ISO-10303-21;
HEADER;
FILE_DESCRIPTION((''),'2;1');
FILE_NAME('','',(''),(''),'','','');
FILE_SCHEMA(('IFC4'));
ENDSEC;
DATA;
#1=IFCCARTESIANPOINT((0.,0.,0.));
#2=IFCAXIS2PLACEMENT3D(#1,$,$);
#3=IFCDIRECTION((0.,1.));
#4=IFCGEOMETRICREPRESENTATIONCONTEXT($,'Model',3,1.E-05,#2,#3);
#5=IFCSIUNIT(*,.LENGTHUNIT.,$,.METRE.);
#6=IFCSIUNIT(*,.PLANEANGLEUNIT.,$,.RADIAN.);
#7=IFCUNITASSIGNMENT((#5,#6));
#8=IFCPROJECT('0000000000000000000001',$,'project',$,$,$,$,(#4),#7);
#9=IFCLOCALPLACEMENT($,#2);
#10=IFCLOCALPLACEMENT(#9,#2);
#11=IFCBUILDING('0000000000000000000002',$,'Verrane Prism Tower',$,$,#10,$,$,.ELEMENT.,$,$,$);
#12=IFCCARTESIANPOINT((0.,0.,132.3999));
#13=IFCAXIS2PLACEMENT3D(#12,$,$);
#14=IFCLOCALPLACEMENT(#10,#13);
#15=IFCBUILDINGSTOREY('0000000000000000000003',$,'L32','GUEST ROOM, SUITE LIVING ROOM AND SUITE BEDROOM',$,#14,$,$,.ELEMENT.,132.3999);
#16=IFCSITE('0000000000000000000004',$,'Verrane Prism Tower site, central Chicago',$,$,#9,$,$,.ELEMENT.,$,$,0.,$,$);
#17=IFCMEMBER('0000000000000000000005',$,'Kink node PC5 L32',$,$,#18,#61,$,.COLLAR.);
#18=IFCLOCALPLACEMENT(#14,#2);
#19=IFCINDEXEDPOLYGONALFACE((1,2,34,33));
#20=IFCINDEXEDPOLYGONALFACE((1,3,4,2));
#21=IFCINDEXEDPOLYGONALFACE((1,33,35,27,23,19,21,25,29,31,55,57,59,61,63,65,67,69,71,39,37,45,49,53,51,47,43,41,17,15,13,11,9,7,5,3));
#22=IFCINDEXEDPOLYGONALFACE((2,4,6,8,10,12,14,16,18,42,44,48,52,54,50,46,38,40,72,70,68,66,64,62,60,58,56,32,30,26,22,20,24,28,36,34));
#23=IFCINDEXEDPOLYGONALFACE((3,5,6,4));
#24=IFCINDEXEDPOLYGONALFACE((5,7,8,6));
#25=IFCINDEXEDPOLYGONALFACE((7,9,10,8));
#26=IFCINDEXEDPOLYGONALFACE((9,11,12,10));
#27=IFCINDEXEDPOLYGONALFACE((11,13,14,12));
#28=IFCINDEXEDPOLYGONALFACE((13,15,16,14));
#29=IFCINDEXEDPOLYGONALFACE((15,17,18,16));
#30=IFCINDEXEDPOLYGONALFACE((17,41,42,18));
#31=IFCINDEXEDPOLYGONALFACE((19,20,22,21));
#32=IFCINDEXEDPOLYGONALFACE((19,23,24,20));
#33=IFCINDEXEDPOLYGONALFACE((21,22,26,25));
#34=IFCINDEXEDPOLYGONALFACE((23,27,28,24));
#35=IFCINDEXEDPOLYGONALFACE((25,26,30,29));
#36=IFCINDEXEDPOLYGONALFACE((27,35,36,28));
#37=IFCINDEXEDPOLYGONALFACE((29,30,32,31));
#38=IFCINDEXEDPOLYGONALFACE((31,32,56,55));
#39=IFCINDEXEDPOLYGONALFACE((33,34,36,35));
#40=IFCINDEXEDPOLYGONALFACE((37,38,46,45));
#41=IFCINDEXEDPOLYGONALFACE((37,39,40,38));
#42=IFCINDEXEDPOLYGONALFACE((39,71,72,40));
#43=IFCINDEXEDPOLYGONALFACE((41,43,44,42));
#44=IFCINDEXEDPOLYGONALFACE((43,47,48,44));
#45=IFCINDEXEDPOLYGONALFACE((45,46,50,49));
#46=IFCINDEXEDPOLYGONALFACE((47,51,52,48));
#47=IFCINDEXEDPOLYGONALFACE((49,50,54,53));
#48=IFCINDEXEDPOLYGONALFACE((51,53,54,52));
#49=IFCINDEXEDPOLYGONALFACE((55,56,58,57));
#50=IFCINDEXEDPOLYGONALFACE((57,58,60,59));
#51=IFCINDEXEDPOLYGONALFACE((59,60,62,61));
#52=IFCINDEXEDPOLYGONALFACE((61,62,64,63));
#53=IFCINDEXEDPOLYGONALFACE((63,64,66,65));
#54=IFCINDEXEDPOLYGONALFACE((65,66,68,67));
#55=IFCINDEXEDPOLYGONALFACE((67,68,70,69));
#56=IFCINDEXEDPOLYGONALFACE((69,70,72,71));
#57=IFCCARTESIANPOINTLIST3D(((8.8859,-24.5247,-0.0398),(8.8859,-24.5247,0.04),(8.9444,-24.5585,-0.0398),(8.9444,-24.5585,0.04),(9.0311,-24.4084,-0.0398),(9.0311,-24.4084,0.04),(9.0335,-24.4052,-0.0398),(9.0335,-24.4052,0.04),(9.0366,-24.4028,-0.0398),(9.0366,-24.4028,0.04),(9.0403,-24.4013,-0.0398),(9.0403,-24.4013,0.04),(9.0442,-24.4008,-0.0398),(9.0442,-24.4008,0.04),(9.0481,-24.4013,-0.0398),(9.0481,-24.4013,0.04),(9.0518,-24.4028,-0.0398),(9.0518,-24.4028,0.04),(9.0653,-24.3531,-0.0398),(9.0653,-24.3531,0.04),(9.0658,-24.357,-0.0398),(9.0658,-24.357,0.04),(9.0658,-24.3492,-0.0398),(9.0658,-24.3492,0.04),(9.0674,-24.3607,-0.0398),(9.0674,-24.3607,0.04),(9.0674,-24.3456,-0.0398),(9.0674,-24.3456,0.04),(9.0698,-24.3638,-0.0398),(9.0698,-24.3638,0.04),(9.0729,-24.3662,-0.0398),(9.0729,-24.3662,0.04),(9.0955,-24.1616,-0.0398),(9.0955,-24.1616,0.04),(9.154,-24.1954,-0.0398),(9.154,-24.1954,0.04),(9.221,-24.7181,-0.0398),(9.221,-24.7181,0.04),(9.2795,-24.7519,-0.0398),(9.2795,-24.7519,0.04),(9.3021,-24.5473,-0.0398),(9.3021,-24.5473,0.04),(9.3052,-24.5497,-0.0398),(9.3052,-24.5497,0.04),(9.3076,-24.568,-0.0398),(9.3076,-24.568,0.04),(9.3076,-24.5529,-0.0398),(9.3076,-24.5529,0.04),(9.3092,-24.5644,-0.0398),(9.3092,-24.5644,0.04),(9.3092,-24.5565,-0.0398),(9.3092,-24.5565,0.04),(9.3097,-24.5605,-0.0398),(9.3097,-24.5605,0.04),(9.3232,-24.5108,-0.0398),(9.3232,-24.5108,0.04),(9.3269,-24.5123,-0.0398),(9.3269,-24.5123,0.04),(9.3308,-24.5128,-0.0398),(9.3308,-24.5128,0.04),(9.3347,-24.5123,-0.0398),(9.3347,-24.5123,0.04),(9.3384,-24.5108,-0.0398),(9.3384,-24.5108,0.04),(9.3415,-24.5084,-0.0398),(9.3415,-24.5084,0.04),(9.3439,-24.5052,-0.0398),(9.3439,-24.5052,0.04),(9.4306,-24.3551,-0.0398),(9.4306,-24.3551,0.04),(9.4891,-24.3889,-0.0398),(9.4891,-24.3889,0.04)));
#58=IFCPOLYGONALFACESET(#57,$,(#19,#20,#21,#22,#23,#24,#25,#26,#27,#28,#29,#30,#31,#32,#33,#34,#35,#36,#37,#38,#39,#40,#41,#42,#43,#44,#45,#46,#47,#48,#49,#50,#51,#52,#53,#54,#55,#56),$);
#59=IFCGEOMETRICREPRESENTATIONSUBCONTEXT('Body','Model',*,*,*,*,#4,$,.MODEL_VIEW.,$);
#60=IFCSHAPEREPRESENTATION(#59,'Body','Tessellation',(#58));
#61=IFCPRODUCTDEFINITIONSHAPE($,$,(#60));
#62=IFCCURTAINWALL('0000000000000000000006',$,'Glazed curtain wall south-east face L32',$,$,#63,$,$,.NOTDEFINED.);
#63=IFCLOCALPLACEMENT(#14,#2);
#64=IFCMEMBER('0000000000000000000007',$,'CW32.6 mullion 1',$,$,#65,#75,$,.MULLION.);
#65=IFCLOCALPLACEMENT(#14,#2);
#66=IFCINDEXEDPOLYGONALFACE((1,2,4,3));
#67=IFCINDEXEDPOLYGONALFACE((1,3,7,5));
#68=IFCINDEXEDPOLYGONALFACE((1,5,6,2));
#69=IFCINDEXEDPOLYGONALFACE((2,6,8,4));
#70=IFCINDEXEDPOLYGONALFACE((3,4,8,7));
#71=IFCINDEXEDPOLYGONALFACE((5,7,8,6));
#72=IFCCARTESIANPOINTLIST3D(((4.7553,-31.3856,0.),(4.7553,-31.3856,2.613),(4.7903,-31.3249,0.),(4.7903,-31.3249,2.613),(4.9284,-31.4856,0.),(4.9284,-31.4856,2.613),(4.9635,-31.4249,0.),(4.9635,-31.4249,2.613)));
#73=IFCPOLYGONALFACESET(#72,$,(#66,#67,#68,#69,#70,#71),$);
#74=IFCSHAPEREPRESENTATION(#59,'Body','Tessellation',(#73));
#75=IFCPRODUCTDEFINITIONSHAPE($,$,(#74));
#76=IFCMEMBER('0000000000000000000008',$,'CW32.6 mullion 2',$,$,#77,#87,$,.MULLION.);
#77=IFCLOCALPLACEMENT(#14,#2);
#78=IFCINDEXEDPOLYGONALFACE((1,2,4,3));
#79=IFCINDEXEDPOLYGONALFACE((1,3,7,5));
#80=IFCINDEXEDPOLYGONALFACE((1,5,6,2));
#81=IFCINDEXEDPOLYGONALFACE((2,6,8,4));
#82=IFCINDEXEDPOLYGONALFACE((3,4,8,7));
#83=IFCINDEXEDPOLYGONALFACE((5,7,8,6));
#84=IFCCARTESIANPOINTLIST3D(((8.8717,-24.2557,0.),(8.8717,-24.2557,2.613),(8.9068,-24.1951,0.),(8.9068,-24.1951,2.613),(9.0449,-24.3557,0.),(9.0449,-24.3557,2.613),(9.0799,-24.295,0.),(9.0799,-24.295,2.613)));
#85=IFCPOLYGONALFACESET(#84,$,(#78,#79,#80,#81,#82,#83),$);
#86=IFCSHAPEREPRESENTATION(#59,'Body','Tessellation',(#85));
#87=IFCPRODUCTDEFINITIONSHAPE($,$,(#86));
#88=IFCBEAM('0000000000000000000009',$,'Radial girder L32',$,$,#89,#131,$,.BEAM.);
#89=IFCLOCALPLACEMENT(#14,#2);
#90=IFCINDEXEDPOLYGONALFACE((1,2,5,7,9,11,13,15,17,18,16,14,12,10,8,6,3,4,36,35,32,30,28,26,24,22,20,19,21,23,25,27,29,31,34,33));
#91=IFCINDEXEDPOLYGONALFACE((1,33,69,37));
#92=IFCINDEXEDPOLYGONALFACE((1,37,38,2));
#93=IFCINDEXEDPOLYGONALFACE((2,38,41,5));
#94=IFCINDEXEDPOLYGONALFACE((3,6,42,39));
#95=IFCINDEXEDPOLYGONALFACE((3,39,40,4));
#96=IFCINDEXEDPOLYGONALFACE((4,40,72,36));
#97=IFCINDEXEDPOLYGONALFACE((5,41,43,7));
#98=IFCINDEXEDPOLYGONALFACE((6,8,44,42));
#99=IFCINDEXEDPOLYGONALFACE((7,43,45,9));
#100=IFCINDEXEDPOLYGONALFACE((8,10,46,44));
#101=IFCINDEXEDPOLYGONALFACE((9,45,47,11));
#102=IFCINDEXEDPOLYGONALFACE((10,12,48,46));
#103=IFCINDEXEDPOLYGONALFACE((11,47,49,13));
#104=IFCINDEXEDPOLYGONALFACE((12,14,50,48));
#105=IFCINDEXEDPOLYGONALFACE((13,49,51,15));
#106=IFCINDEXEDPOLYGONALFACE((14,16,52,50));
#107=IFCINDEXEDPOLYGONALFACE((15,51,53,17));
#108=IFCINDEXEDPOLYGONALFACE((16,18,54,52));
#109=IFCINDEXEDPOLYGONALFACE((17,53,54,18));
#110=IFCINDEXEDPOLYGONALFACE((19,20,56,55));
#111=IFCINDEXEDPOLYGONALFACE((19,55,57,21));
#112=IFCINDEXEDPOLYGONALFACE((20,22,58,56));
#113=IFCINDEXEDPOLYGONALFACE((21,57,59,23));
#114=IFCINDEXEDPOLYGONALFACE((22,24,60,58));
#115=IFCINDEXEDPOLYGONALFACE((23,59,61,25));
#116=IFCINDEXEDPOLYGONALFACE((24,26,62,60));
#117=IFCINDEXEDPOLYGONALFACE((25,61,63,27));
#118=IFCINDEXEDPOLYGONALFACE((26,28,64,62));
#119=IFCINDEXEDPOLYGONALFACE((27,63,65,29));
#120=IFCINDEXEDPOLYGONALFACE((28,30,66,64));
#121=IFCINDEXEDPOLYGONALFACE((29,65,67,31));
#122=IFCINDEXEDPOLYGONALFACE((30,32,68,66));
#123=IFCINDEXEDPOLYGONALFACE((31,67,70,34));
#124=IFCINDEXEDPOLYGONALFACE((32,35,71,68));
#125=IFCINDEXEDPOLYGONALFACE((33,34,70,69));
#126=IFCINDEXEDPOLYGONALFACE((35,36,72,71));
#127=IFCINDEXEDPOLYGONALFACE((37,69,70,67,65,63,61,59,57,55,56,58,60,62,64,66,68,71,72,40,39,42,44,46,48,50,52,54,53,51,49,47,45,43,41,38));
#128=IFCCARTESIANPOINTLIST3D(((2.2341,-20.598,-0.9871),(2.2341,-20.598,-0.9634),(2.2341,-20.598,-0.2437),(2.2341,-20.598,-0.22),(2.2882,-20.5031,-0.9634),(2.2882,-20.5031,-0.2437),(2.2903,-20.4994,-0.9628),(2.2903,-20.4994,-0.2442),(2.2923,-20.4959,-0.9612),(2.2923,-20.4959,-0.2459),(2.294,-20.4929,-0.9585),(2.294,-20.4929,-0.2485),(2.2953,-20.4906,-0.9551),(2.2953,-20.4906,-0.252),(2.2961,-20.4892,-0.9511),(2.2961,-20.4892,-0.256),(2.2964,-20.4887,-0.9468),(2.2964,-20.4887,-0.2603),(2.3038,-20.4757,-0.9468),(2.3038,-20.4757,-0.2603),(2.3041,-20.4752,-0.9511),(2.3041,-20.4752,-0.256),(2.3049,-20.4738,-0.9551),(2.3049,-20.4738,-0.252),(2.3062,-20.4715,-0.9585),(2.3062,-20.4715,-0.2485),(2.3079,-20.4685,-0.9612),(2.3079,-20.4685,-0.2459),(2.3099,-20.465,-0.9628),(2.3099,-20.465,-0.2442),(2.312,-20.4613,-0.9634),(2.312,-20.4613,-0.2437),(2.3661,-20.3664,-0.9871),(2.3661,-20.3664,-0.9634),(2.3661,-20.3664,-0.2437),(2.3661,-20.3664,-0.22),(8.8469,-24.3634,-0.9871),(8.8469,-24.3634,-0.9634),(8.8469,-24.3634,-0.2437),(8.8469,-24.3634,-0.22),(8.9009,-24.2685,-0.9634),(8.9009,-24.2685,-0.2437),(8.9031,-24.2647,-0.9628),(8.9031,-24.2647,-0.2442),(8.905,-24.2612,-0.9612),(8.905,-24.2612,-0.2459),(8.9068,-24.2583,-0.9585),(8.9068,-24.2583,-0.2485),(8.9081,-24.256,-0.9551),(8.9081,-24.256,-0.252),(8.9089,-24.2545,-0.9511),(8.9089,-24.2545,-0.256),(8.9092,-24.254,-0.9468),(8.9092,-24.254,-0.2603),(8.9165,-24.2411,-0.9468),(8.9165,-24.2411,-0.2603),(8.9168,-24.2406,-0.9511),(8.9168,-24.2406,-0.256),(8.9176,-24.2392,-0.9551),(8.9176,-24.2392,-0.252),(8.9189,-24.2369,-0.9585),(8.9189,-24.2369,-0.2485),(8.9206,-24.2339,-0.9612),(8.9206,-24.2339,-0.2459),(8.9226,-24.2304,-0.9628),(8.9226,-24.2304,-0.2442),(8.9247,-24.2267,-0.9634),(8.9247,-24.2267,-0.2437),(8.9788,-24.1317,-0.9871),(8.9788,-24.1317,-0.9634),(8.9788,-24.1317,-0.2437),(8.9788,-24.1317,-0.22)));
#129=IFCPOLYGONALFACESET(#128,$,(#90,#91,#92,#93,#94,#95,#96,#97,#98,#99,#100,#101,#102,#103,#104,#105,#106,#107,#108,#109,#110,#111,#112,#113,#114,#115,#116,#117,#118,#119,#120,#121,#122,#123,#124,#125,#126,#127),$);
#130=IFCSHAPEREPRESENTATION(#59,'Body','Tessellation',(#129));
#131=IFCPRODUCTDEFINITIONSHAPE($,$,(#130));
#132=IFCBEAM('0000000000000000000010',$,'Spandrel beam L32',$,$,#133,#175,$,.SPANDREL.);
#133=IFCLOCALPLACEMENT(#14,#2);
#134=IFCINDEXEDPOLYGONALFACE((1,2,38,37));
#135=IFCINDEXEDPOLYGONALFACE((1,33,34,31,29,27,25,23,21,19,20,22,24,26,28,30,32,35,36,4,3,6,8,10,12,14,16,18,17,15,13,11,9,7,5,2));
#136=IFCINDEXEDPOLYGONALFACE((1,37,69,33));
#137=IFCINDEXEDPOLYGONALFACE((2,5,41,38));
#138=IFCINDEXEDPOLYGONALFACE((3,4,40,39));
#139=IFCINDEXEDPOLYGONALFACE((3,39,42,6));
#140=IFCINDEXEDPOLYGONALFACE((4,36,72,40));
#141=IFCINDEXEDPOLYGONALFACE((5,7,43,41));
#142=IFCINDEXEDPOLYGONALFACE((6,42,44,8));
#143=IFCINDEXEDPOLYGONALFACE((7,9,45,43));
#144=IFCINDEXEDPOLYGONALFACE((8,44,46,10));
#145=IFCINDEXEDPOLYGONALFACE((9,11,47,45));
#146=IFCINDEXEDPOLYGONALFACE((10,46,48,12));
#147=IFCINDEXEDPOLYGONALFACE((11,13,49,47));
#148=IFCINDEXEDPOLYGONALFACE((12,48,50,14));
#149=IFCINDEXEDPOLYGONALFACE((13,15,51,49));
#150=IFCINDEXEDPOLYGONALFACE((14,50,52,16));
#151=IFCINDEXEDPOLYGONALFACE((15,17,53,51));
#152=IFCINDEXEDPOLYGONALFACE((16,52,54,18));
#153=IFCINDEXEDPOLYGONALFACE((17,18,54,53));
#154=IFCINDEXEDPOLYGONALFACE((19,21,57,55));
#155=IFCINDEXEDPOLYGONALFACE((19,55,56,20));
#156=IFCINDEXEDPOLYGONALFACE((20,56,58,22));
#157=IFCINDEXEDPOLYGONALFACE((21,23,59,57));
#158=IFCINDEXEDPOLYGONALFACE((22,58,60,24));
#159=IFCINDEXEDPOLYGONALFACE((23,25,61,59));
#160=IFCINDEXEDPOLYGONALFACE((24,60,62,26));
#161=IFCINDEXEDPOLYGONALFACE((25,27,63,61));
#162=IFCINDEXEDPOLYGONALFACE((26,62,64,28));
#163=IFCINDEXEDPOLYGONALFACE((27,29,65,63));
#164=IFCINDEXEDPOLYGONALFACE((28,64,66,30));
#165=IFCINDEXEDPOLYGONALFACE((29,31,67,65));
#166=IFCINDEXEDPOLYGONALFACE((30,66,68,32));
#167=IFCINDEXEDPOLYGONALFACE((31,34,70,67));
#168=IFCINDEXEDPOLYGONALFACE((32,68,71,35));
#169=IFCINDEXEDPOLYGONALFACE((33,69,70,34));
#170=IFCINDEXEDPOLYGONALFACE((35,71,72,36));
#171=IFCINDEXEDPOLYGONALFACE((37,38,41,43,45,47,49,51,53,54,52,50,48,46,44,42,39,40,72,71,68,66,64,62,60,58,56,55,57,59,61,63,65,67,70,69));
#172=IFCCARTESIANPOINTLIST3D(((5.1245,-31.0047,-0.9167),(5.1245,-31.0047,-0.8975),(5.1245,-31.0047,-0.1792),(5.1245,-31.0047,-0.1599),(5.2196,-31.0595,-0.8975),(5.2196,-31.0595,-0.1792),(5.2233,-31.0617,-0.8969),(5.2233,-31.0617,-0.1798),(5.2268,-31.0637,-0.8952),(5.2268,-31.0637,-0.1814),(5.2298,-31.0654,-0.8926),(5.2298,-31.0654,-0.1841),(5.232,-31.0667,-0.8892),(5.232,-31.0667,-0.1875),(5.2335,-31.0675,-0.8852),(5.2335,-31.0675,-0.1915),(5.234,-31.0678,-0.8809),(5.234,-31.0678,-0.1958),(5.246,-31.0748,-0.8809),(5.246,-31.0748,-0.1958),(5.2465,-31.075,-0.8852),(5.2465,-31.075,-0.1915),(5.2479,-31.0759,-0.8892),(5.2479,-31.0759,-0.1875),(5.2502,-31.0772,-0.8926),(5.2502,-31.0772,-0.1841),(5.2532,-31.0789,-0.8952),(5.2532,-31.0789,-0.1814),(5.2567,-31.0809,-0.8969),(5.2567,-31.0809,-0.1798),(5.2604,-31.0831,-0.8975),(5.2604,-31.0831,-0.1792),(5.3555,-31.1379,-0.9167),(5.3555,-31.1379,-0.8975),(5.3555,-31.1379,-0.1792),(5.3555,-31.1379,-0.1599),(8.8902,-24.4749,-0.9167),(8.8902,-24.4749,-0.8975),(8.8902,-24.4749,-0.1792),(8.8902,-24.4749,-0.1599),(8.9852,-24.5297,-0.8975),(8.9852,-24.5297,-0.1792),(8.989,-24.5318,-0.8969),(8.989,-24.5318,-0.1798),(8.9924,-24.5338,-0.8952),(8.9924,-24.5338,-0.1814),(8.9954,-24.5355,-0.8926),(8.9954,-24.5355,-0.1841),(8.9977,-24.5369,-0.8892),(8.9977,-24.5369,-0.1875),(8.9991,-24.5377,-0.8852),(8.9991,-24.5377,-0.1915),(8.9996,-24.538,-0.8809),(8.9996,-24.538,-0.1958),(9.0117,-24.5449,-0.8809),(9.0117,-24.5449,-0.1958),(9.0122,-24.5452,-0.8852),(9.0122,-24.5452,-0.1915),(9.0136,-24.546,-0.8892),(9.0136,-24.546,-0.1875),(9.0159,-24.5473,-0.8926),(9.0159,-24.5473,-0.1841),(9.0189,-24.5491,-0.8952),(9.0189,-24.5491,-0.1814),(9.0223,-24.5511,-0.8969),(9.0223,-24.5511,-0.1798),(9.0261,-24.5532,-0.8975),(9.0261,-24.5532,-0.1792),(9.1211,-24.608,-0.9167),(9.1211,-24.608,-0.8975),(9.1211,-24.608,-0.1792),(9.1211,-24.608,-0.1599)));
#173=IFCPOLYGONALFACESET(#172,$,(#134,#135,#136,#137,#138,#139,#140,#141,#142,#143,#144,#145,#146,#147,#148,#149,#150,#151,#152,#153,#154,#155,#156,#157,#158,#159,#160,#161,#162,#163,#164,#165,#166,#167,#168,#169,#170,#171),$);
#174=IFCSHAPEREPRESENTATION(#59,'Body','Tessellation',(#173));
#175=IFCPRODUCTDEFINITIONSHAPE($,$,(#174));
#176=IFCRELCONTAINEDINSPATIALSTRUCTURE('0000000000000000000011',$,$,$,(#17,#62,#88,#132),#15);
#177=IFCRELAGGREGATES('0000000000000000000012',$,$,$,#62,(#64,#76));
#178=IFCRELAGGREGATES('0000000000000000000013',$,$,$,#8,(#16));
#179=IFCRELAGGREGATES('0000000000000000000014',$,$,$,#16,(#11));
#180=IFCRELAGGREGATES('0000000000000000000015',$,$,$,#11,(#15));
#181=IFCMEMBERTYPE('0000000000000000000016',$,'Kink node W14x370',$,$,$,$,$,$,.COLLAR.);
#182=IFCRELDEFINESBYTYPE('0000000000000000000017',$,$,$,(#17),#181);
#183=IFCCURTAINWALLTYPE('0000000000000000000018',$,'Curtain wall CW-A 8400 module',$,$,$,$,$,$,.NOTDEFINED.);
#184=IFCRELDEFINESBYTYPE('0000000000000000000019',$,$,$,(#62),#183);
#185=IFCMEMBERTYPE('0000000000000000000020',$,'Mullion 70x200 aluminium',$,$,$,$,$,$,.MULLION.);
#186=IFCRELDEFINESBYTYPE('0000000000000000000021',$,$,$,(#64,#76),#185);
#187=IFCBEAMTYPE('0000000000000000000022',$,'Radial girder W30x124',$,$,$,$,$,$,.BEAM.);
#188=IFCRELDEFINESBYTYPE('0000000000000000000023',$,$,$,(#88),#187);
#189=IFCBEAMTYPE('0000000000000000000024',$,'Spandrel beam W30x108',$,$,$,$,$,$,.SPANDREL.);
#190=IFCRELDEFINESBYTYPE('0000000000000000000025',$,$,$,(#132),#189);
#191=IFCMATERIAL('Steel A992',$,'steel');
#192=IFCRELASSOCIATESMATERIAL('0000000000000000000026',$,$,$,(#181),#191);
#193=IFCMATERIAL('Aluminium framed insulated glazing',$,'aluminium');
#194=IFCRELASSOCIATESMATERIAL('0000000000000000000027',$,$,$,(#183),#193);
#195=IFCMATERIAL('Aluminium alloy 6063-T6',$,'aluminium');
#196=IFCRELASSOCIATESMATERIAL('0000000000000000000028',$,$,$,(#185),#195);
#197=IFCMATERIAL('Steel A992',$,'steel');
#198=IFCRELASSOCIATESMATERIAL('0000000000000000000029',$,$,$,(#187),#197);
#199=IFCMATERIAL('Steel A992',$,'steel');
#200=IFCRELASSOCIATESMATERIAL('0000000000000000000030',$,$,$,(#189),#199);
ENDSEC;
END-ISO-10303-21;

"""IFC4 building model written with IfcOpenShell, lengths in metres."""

from ifc_helpers import new_model, si_unit, direction, frame, origin, origin_2d, place, context, subcontext, project, spatial, rectangle, i_section, extrude, material, material_profile, profile_set, type_object, element, aggregate, save


model = new_model("IFC4")

# Units and contexts
model_context = context("Model", 3, precision=1e-05, world=origin(), true_north=direction((0.0, 1.0)))
body_context = subcontext(model_context, "Body", "Model", "MODEL_VIEW")
ifc_project = project(units=[si_unit("LENGTHUNIT", "METRE"), si_unit("PLANEANGLEUNIT", "RADIAN")], contexts=[model_context])

# Site, building, storey
site_placement = place(None, origin())
site = spatial("IfcSite", under=ifc_project, at=site_placement, Name="Verrane Prism Tower site, central Chicago", CompositionType="ELEMENT", RefElevation=0.0)
building_placement = place(site_placement, origin())
building = spatial("IfcBuilding", under=site, at=building_placement, Name="Verrane Prism Tower", CompositionType="ELEMENT")
storey_placement = place(building_placement, frame((0.0, 0.0, 132.3999)))
storey = spatial("IfcBuildingStorey", under=building, at=storey_placement, Name="L32", Description="GUEST ROOM, SUITE LIVING ROOM AND SUITE BEDROOM", CompositionType="ELEMENT", Elevation=132.3999)

# Member
ifc_material_1 = material(Name="Steel A992", Category="steel")
ifc_material_profile_1 = material_profile(ifc_material_1, i_section(OverallWidth=0.4192, OverallDepth=0.4546, WebThickness=0.0422, FlangeThickness=0.0676, FilletRadius=0.0151, at=origin_2d()), Name="W14x370")
ifc_profile_set_1 = profile_set([ifc_material_profile_1], Name="Steel A992")
member_type_1 = type_object("IfcMemberType", Name="Kink node W14x370", PredefinedType="COLLAR", material=ifc_profile_set_1)
member_1_placement = place(storey_placement, frame((9.1875, -24.4568, -0.0398), z_axis=(0.0, 0.0, 1.0), x_axis=(-0.5, -0.866025, 0.0)))
element("IfcMember", 1, at=member_1_placement, inside=storey, type_object=member_type_1, Name="Kink node PC5 L32", PredefinedType="COLLAR", context=body_context, shape_type="SweptSolid", body=[
    extrude(i_section(OverallWidth=0.4192, OverallDepth=0.4546, WebThickness=0.0422, FlangeThickness=0.0676, FilletRadius=0.0151, at=origin_2d()), origin(), (0.0, 0.0, 1.0), 0.0798),
])

# Curtain wall, members
ifc_material_2 = material(Name="Aluminium framed insulated glazing", Category="aluminium")
curtain_wall_type_1 = type_object("IfcCurtainWallType", Name="Curtain wall CW-A 8400 module", PredefinedType="NOTDEFINED", material=ifc_material_2)
curtain_wall_1_placement = place(storey_placement, origin())
curtain_wall_1 = element("IfcCurtainWall", 2, at=curtain_wall_1_placement, inside=storey, type_object=curtain_wall_type_1, Name="Glazed curtain wall south-east face L32", PredefinedType="NOTDEFINED")
ifc_material_3 = material(Name="Aluminium alloy 6063-T6", Category="aluminium")
ifc_material_profile_2 = material_profile(ifc_material_3, rectangle(XDim=0.2, YDim=0.0701, at=origin_2d()), Name="Mullion 70x200 aluminium")
ifc_profile_set_2 = profile_set([ifc_material_profile_2], Name="Aluminium alloy 6063-T6")
member_type_2 = type_object("IfcMemberType", Name="Mullion 70x200 aluminium", PredefinedType="MULLION", material=ifc_profile_set_2)
member_2_placement = place(storey_placement, frame((4.8594, -31.4053, 0.0), z_axis=(0.0, 0.0, 1.0), x_axis=(-0.866025, 0.5, 0.0)))
member_2 = element("IfcMember", 3, at=member_2_placement, type_object=member_type_2, Name="CW32.6 mullion 1", PredefinedType="MULLION", context=body_context, shape_type="SweptSolid", body=[
    extrude(rectangle(XDim=0.2, YDim=0.0701, at=origin_2d()), origin(), (0.0, 0.0, 1.0), 2.613),
])
member_3_placement = place(storey_placement, frame((8.9758, -24.2754, 0.0), z_axis=(0.0, 0.0, 1.0), x_axis=(-0.866025, 0.5, 0.0)))
member_3 = element("IfcMember", 4, at=member_3_placement, type_object=member_type_2, Name="CW32.6 mullion 2", PredefinedType="MULLION", context=body_context, shape_type="SweptSolid", body=[
    extrude(rectangle(XDim=0.2, YDim=0.0701, at=origin_2d()), origin(), (0.0, 0.0, 1.0), 2.613),
])

# Beams
ifc_material_4 = material(Name="Steel A992", Category="steel")
ifc_material_profile_3 = material_profile(ifc_material_4, i_section(OverallWidth=0.2666, OverallDepth=0.7671, WebThickness=0.0149, FlangeThickness=0.0237, FilletRadius=0.0166, at=origin_2d()), Name="W30x124")
ifc_profile_set_3 = profile_set([ifc_material_profile_3], Name="Steel A992")
beam_type_1 = type_object("IfcBeamType", Name="Radial girder W30x124", PredefinedType="BEAM", material=ifc_profile_set_3)
beam_1_placement = place(storey_placement, frame((8.9128, -24.2476, -0.6035), z_axis=(-0.868998, 0.494815, 0.0), x_axis=(-0.494815, -0.868998, 0.0)))
element("IfcBeam", 5, at=beam_1_placement, inside=storey, type_object=beam_type_1, Name="Radial girder L32", PredefinedType="BEAM", context=body_context, shape_type="SweptSolid", body=[
    extrude(i_section(OverallWidth=0.2666, OverallDepth=0.7671, WebThickness=0.0149, FlangeThickness=0.0237, FilletRadius=0.0166, at=origin_2d()), origin(), (0.0, 0.0, 1.0), 7.6096),
])
ifc_material_5 = material(Name="Steel A992", Category="steel")
ifc_material_profile_4 = material_profile(ifc_material_5, i_section(OverallWidth=0.2666, OverallDepth=0.7568, WebThickness=0.0139, FlangeThickness=0.0193, FilletRadius=0.0166, at=origin_2d()), Name="W30x108")
ifc_profile_set_4 = profile_set([ifc_material_profile_4], Name="Steel A992")
beam_type_2 = type_object("IfcBeamType", Name="Spandrel beam W30x108", PredefinedType="SPANDREL", material=ifc_profile_set_4)
beam_2_placement = place(storey_placement, frame((5.24, -31.0713, -0.5383), z_axis=(0.499567, 0.866275, 0.0), x_axis=(-0.866275, 0.499567, 0.0)))
element("IfcBeam", 6, at=beam_2_placement, inside=storey, type_object=beam_type_2, Name="Spandrel beam L32", PredefinedType="SPANDREL", context=body_context, shape_type="SweptSolid", body=[
    extrude(i_section(OverallWidth=0.2666, OverallDepth=0.7568, WebThickness=0.0139, FlangeThickness=0.0193, FilletRadius=0.0166, at=origin_2d()), origin(), (0.0, 0.0, 1.0), 7.5378),
])

aggregate(curtain_wall_1, [member_2, member_3])

save(model, "model.ifc")
